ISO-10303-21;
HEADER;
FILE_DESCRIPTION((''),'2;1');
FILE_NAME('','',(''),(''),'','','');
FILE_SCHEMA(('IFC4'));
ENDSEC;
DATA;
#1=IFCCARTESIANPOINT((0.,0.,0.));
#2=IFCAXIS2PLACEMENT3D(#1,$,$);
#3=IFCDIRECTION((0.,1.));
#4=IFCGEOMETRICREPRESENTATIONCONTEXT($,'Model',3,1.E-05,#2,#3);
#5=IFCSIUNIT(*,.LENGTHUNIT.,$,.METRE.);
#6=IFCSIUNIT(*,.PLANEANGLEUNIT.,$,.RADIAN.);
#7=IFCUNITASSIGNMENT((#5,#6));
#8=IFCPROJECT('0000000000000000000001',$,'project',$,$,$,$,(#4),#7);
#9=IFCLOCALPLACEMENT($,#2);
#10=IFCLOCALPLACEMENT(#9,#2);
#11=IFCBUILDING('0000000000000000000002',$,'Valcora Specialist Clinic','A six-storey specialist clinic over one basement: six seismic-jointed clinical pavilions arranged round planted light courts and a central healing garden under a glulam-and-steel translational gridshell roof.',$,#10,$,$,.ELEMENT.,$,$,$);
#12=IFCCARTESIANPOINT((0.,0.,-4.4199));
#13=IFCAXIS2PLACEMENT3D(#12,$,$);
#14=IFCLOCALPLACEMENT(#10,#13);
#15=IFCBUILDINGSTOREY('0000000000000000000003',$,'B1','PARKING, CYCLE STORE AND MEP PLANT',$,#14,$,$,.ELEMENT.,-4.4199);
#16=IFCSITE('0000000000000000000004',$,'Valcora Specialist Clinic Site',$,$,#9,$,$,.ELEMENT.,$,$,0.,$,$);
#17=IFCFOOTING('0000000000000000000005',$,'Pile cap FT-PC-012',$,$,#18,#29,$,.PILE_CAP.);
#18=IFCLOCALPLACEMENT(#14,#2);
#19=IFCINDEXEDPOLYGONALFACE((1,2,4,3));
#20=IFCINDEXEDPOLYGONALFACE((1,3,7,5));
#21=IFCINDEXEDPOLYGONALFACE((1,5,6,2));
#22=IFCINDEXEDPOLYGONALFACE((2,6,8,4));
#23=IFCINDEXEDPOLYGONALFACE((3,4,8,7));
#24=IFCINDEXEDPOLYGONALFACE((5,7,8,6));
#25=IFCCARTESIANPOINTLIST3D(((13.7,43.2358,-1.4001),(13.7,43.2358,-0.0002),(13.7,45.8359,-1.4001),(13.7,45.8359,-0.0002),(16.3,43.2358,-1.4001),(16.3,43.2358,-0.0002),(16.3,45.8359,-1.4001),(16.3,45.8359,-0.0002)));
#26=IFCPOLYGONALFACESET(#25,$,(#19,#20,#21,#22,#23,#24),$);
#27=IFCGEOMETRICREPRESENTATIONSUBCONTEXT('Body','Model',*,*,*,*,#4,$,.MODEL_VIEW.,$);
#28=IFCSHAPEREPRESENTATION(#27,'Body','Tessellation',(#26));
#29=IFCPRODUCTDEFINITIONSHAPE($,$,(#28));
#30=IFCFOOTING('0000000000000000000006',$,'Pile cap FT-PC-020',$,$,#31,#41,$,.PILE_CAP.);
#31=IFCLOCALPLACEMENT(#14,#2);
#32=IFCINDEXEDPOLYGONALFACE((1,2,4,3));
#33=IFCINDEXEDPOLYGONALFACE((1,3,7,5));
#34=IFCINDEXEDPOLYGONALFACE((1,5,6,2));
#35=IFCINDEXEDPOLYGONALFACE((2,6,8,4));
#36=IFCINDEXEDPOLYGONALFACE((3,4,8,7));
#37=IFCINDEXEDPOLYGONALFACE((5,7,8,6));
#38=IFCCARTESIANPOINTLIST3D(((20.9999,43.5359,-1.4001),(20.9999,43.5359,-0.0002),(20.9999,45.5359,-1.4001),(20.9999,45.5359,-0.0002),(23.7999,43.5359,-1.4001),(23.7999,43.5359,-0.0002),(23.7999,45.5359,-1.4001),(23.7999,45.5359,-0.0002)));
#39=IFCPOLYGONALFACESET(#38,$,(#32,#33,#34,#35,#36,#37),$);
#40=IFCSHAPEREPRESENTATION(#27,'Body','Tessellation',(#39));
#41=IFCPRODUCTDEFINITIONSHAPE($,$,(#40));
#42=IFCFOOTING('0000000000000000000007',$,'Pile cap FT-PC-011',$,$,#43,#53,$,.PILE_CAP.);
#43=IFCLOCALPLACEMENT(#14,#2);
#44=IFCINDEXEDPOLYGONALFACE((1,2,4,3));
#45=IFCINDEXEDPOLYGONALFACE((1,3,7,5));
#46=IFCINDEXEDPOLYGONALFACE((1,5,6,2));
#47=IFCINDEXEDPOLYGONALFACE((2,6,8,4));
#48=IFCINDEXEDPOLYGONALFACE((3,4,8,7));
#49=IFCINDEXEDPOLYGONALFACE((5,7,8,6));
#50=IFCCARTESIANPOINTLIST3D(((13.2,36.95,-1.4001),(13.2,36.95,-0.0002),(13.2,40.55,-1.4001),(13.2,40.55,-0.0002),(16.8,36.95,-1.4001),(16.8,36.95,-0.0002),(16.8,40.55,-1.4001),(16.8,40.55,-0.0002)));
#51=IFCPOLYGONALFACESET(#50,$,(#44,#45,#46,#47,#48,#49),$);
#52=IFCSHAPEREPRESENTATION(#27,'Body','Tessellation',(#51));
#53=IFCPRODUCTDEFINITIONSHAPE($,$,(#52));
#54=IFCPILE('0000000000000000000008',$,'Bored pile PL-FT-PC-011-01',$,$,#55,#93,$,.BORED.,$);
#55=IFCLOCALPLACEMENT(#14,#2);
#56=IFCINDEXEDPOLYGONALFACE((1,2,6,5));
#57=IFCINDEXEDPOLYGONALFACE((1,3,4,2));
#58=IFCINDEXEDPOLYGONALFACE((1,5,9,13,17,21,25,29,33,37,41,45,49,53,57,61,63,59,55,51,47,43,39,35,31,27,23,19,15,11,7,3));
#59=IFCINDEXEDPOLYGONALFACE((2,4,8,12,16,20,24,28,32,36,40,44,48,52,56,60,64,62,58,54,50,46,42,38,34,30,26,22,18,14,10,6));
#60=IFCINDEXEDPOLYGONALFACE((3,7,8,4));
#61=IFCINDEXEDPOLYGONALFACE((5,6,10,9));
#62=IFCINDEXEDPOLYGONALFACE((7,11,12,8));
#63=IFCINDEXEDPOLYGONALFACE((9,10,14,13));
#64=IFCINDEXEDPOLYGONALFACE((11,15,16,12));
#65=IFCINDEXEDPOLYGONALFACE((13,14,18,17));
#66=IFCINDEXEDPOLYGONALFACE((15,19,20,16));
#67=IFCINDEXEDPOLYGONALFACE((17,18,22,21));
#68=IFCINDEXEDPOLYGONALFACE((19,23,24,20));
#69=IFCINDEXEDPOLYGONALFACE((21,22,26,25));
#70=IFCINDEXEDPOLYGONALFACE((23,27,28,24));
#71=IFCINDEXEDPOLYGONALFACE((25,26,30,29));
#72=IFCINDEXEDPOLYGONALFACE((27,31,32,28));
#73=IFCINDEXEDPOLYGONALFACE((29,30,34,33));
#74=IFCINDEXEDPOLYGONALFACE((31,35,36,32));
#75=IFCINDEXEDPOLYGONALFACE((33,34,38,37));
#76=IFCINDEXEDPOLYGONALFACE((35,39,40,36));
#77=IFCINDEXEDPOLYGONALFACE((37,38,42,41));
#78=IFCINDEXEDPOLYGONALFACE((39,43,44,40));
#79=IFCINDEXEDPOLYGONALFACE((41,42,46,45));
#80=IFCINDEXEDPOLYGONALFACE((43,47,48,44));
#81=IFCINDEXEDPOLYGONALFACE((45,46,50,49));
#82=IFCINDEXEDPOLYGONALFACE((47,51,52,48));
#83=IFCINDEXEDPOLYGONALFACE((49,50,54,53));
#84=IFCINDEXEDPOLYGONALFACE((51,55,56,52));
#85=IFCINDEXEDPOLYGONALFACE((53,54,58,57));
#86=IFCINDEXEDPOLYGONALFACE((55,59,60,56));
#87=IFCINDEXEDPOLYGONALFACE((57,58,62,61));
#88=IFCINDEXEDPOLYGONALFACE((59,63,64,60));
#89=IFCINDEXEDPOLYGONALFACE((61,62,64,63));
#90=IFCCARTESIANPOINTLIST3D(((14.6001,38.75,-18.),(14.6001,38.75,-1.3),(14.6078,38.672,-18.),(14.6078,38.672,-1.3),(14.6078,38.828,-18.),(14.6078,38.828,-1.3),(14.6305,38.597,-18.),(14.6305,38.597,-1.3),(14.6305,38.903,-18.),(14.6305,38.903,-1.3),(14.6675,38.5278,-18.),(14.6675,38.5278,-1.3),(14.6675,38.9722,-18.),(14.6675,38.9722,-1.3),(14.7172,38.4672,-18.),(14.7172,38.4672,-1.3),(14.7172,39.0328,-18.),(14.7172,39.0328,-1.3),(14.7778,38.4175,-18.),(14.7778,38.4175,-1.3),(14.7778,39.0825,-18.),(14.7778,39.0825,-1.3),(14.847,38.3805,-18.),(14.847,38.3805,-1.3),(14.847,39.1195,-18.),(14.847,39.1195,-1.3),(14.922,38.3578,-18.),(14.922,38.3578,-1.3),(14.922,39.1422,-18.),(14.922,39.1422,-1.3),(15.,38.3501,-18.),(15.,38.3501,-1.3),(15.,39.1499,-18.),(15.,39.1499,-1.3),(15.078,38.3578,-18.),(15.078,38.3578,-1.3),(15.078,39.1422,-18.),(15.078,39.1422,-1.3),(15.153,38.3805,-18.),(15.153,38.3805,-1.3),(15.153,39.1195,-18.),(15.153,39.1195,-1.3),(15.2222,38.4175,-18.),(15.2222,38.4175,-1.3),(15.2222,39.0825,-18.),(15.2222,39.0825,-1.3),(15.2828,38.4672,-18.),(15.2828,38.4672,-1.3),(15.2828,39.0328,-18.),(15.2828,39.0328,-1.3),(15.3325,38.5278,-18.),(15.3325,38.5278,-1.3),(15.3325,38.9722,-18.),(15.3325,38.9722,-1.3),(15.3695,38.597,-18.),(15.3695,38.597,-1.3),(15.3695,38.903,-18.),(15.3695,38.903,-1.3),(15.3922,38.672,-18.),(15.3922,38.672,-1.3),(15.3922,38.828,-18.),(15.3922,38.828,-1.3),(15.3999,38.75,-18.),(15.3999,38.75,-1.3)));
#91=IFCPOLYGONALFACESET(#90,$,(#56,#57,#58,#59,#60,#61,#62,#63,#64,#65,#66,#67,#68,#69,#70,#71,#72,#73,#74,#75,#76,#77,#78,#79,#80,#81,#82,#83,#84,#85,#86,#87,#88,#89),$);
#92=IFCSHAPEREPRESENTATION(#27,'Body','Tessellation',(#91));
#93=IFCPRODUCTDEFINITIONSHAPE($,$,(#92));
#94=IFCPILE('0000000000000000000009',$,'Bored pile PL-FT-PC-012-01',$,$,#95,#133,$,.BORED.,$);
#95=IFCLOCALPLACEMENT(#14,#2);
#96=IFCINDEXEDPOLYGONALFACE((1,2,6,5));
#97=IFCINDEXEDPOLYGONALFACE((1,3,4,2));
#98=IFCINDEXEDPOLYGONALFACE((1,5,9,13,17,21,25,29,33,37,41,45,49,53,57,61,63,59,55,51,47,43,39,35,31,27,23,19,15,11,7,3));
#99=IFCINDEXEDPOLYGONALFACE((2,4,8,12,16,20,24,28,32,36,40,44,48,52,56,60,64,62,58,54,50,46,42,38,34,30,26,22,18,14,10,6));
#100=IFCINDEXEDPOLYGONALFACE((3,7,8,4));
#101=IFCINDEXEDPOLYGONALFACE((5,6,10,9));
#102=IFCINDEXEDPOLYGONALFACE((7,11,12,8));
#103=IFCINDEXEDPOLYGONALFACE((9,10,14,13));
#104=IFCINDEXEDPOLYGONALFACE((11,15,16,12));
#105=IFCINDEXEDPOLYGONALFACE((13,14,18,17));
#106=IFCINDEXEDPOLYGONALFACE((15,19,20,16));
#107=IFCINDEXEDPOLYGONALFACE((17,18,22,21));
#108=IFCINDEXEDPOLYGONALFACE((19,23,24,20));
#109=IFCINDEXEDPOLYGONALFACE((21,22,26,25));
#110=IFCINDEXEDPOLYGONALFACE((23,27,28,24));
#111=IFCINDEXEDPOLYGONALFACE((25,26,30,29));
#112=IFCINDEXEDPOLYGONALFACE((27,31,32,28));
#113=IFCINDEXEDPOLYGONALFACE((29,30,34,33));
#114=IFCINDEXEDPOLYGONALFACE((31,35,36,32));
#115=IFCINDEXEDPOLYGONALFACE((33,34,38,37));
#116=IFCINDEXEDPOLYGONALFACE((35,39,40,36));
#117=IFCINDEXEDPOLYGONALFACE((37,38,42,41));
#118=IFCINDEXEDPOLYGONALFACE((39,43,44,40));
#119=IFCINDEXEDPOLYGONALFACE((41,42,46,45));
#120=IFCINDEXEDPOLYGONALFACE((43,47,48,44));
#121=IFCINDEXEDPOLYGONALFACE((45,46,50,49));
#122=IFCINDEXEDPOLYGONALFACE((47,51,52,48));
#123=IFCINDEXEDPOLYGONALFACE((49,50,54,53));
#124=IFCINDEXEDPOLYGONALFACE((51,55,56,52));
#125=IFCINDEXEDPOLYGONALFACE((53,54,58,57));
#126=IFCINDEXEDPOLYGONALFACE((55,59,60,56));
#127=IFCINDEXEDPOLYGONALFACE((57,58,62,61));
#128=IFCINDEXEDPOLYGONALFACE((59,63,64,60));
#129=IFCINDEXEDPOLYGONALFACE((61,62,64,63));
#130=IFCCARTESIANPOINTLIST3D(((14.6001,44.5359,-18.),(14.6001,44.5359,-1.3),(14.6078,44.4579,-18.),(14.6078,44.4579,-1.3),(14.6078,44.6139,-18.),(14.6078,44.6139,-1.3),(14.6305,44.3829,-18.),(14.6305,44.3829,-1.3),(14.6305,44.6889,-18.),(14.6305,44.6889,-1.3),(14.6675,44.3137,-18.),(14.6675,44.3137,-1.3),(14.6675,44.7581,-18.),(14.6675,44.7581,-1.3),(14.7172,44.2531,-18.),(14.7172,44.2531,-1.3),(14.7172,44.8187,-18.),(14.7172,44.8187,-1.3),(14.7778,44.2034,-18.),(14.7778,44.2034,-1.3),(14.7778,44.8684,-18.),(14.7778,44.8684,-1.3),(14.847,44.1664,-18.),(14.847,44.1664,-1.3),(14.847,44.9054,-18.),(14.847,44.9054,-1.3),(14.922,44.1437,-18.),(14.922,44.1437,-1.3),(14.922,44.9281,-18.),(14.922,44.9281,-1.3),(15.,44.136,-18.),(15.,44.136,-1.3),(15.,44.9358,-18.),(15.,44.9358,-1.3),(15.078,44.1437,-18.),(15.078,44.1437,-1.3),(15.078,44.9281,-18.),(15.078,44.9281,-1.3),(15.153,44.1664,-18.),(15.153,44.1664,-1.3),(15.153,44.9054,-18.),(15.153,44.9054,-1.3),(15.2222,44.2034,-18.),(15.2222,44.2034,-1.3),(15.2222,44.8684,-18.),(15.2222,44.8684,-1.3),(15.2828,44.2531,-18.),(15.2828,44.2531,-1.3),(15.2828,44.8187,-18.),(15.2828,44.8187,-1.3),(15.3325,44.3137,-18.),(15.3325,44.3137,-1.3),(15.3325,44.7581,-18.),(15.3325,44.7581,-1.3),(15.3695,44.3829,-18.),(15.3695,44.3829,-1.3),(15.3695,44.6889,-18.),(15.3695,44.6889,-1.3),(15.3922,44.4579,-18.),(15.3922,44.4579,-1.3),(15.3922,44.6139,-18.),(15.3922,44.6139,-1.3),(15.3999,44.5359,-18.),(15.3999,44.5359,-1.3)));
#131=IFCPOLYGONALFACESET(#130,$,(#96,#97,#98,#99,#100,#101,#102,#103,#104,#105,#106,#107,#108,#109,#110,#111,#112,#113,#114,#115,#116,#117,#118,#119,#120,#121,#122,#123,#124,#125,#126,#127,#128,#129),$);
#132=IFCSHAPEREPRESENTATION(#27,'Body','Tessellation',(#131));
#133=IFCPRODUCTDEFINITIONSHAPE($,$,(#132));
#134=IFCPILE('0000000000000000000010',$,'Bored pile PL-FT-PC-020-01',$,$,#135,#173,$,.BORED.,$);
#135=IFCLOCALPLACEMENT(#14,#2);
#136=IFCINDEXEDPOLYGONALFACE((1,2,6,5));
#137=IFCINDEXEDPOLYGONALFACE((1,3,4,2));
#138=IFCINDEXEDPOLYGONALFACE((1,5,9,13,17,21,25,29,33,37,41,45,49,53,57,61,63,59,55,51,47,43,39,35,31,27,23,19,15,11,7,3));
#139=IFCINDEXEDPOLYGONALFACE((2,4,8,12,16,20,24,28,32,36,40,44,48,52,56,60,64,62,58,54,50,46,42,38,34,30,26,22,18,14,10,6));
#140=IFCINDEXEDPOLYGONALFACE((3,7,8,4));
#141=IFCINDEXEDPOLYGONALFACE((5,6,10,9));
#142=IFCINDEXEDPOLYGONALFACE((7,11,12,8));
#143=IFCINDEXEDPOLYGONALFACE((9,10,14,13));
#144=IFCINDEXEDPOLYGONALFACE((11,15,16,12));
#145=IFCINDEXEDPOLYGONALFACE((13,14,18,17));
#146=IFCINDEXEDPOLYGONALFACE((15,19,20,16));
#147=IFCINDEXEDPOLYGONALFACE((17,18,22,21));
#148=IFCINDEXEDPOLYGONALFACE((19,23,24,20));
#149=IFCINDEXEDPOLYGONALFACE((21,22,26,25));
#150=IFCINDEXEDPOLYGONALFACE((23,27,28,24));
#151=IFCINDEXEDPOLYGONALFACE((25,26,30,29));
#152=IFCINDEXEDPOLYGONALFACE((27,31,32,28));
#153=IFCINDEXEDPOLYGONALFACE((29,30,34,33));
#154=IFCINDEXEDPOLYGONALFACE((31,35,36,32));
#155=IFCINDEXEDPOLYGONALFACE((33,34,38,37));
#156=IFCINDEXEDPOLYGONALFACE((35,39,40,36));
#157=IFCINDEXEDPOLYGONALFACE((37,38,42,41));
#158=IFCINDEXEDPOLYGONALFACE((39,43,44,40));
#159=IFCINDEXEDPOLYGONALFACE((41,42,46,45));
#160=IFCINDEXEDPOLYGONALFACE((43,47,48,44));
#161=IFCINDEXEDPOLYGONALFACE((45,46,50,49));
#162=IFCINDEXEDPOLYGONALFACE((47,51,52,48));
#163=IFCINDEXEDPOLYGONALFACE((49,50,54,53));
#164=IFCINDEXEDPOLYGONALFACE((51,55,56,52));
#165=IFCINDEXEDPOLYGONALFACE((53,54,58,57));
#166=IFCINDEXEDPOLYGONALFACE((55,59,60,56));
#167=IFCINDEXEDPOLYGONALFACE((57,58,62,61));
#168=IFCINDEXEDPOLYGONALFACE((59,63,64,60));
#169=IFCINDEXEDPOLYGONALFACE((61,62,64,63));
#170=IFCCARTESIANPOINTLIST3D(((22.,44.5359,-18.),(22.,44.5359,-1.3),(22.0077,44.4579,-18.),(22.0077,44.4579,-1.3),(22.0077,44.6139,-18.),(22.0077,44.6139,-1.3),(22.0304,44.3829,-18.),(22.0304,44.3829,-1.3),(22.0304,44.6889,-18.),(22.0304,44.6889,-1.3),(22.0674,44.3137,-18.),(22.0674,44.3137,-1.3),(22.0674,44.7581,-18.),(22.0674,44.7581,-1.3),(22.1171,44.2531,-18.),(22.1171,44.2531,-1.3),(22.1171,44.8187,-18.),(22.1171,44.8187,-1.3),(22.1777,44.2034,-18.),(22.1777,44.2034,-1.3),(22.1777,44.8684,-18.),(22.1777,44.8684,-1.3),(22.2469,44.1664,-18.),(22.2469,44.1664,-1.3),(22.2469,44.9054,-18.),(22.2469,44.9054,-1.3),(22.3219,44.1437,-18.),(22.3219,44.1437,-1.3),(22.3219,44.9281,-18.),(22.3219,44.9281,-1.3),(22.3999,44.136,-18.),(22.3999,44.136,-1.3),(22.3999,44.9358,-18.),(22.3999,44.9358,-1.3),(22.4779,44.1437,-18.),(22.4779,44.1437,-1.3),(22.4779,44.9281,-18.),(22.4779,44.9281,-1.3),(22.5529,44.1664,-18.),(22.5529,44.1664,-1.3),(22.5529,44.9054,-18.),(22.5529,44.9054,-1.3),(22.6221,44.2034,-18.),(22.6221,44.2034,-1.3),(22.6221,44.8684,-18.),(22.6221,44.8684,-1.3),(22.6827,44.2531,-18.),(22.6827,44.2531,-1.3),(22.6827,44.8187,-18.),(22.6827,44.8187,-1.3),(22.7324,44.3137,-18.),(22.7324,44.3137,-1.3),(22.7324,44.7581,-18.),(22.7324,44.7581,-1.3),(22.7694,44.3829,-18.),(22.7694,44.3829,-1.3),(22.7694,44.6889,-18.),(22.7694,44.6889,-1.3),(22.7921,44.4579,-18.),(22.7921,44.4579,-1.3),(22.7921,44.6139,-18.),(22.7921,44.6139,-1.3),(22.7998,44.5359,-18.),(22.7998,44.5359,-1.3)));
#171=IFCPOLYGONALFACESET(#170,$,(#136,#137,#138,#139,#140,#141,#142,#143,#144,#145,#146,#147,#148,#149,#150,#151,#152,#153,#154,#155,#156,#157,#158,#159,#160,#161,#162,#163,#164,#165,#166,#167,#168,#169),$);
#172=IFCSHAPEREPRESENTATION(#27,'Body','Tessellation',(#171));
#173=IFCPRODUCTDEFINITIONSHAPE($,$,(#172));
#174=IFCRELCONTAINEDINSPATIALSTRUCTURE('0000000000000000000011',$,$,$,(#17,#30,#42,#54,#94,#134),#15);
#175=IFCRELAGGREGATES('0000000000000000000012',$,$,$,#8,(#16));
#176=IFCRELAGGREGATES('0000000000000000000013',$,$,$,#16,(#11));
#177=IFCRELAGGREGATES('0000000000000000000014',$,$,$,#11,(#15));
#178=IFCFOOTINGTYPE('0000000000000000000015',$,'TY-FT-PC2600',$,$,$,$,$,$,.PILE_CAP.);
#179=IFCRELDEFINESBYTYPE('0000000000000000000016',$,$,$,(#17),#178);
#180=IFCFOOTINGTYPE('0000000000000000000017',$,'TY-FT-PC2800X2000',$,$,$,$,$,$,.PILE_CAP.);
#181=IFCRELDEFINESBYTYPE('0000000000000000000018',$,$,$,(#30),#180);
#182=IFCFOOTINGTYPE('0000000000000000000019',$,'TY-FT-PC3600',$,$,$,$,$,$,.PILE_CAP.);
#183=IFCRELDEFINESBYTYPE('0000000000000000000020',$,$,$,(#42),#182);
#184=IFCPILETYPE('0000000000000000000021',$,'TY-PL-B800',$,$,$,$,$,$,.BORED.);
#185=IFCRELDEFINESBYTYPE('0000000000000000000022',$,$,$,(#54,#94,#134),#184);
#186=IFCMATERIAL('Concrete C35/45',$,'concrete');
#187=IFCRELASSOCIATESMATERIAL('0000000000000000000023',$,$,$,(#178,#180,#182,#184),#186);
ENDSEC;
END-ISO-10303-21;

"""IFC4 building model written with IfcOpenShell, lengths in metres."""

from ifc_helpers import new_model, si_unit, direction, frame, origin, origin_2d, place, context, subcontext, project, spatial, rectangle, circle, extrude, material, material_profile, profile_set, type_object, element, save


model = new_model("IFC4")

# Units and contexts
model_context = context("Model", 3, precision=1e-05, world=origin(), true_north=direction((0.0, 1.0)))
body_context = subcontext(model_context, "Body", "Model", "MODEL_VIEW")
ifc_project = project(units=[si_unit("LENGTHUNIT", "METRE"), si_unit("PLANEANGLEUNIT", "RADIAN")], contexts=[model_context])

# Site, building, storey
site_placement = place(None, origin())
site = spatial("IfcSite", under=ifc_project, at=site_placement, Name="Valcora Specialist Clinic Site", CompositionType="ELEMENT", RefElevation=0.0)
building_placement = place(site_placement, origin())
building = spatial("IfcBuilding", under=site, at=building_placement, Name="Valcora Specialist Clinic", Description="A six-storey specialist clinic over one basement: six seismic-jointed clinical pavilions arranged round planted light courts and a central healing garden under a glulam-and-steel translational gridshell roof.", CompositionType="ELEMENT")
storey_placement = place(building_placement, frame((0.0, 0.0, -4.4199)))
storey = spatial("IfcBuildingStorey", under=building, at=storey_placement, Name="B1", Description="PARKING, CYCLE STORE AND MEP PLANT", CompositionType="ELEMENT", Elevation=-4.4199)

# Footings
ifc_material_1 = material(Name="Concrete C35/45", Category="concrete")
footing_type_1 = type_object("IfcFootingType", Name="TY-FT-PC2600", PredefinedType="PILE_CAP", material=ifc_material_1)
footing_1_placement = place(storey_placement, frame((15.0, 44.5359, -1.4001), z_axis=(0.0, 0.0, 1.0), x_axis=(1.0, 0.0, 0.0)))
element("IfcFooting", 1, at=footing_1_placement, inside=storey, type_object=footing_type_1, Name="Pile cap FT-PC-012", PredefinedType="PILE_CAP", context=body_context, shape_type="SweptSolid", body=[
    extrude(rectangle(XDim=2.6001, YDim=2.6001, at=origin_2d()), origin(), (0.0, 0.0, 1.0), 1.3999),
])
footing_type_2 = type_object("IfcFootingType", Name="TY-FT-PC2800X2000", PredefinedType="PILE_CAP", material=ifc_material_1)
footing_2_placement = place(storey_placement, frame((22.3999, 44.5359, -1.4001), z_axis=(0.0, 0.0, 1.0), x_axis=(1.0, 0.0, 0.0)))
element("IfcFooting", 2, at=footing_2_placement, inside=storey, type_object=footing_type_2, Name="Pile cap FT-PC-020", PredefinedType="PILE_CAP", context=body_context, shape_type="SweptSolid", body=[
    extrude(rectangle(XDim=2.8, YDim=2.0, at=origin_2d()), origin(), (0.0, 0.0, 1.0), 1.3999),
])
footing_type_3 = type_object("IfcFootingType", Name="TY-FT-PC3600", PredefinedType="PILE_CAP", material=ifc_material_1)
footing_3_placement = place(storey_placement, frame((15.0, 38.75, -1.4001), z_axis=(0.0, 0.0, 1.0), x_axis=(1.0, 0.0, 0.0)))
element("IfcFooting", 3, at=footing_3_placement, inside=storey, type_object=footing_type_3, Name="Pile cap FT-PC-011", PredefinedType="PILE_CAP", context=body_context, shape_type="SweptSolid", body=[
    extrude(rectangle(XDim=3.6001, YDim=3.6001, at=origin_2d()), origin(), (0.0, 0.0, 1.0), 1.3999),
])

# Piles
ifc_material_profile_1 = material_profile(ifc_material_1, circle(Radius=0.3999, at=origin_2d()), Name="RC-PIL-D800")
ifc_profile_set_1 = profile_set([ifc_material_profile_1], Name="Concrete C35/45")
pile_type_1 = type_object("IfcPileType", Name="TY-PL-B800", PredefinedType="BORED", material=ifc_profile_set_1)
for number, where, z_axis, x_axis, name in (
    (4, (15.0, 38.75, -1.3), (0.0, 0.0, -1.0), (1.0, 0.0, 0.0), "Bored pile PL-FT-PC-011-01"),
    (5, (15.0, 44.5359, -1.3), (0.0, 0.0, -1.0), (1.0, 0.0, 0.0), "Bored pile PL-FT-PC-012-01"),
    (6, (22.3999, 44.5359, -1.3), (0.0, 0.0, -1.0), (1.0, 0.0, 0.0), "Bored pile PL-FT-PC-020-01"),
):
    element("IfcPile", number, at=place(storey_placement, frame(where, z_axis=z_axis, x_axis=x_axis)), inside=storey, type_object=pile_type_1, Name=name, PredefinedType="BORED", context=body_context, shape_type="SweptSolid", body=[
        extrude(circle(Radius=0.3999, at=origin_2d()), origin(), (0.0, 0.0, 1.0), 16.7),
    ])

save(model, "model.ifc")
